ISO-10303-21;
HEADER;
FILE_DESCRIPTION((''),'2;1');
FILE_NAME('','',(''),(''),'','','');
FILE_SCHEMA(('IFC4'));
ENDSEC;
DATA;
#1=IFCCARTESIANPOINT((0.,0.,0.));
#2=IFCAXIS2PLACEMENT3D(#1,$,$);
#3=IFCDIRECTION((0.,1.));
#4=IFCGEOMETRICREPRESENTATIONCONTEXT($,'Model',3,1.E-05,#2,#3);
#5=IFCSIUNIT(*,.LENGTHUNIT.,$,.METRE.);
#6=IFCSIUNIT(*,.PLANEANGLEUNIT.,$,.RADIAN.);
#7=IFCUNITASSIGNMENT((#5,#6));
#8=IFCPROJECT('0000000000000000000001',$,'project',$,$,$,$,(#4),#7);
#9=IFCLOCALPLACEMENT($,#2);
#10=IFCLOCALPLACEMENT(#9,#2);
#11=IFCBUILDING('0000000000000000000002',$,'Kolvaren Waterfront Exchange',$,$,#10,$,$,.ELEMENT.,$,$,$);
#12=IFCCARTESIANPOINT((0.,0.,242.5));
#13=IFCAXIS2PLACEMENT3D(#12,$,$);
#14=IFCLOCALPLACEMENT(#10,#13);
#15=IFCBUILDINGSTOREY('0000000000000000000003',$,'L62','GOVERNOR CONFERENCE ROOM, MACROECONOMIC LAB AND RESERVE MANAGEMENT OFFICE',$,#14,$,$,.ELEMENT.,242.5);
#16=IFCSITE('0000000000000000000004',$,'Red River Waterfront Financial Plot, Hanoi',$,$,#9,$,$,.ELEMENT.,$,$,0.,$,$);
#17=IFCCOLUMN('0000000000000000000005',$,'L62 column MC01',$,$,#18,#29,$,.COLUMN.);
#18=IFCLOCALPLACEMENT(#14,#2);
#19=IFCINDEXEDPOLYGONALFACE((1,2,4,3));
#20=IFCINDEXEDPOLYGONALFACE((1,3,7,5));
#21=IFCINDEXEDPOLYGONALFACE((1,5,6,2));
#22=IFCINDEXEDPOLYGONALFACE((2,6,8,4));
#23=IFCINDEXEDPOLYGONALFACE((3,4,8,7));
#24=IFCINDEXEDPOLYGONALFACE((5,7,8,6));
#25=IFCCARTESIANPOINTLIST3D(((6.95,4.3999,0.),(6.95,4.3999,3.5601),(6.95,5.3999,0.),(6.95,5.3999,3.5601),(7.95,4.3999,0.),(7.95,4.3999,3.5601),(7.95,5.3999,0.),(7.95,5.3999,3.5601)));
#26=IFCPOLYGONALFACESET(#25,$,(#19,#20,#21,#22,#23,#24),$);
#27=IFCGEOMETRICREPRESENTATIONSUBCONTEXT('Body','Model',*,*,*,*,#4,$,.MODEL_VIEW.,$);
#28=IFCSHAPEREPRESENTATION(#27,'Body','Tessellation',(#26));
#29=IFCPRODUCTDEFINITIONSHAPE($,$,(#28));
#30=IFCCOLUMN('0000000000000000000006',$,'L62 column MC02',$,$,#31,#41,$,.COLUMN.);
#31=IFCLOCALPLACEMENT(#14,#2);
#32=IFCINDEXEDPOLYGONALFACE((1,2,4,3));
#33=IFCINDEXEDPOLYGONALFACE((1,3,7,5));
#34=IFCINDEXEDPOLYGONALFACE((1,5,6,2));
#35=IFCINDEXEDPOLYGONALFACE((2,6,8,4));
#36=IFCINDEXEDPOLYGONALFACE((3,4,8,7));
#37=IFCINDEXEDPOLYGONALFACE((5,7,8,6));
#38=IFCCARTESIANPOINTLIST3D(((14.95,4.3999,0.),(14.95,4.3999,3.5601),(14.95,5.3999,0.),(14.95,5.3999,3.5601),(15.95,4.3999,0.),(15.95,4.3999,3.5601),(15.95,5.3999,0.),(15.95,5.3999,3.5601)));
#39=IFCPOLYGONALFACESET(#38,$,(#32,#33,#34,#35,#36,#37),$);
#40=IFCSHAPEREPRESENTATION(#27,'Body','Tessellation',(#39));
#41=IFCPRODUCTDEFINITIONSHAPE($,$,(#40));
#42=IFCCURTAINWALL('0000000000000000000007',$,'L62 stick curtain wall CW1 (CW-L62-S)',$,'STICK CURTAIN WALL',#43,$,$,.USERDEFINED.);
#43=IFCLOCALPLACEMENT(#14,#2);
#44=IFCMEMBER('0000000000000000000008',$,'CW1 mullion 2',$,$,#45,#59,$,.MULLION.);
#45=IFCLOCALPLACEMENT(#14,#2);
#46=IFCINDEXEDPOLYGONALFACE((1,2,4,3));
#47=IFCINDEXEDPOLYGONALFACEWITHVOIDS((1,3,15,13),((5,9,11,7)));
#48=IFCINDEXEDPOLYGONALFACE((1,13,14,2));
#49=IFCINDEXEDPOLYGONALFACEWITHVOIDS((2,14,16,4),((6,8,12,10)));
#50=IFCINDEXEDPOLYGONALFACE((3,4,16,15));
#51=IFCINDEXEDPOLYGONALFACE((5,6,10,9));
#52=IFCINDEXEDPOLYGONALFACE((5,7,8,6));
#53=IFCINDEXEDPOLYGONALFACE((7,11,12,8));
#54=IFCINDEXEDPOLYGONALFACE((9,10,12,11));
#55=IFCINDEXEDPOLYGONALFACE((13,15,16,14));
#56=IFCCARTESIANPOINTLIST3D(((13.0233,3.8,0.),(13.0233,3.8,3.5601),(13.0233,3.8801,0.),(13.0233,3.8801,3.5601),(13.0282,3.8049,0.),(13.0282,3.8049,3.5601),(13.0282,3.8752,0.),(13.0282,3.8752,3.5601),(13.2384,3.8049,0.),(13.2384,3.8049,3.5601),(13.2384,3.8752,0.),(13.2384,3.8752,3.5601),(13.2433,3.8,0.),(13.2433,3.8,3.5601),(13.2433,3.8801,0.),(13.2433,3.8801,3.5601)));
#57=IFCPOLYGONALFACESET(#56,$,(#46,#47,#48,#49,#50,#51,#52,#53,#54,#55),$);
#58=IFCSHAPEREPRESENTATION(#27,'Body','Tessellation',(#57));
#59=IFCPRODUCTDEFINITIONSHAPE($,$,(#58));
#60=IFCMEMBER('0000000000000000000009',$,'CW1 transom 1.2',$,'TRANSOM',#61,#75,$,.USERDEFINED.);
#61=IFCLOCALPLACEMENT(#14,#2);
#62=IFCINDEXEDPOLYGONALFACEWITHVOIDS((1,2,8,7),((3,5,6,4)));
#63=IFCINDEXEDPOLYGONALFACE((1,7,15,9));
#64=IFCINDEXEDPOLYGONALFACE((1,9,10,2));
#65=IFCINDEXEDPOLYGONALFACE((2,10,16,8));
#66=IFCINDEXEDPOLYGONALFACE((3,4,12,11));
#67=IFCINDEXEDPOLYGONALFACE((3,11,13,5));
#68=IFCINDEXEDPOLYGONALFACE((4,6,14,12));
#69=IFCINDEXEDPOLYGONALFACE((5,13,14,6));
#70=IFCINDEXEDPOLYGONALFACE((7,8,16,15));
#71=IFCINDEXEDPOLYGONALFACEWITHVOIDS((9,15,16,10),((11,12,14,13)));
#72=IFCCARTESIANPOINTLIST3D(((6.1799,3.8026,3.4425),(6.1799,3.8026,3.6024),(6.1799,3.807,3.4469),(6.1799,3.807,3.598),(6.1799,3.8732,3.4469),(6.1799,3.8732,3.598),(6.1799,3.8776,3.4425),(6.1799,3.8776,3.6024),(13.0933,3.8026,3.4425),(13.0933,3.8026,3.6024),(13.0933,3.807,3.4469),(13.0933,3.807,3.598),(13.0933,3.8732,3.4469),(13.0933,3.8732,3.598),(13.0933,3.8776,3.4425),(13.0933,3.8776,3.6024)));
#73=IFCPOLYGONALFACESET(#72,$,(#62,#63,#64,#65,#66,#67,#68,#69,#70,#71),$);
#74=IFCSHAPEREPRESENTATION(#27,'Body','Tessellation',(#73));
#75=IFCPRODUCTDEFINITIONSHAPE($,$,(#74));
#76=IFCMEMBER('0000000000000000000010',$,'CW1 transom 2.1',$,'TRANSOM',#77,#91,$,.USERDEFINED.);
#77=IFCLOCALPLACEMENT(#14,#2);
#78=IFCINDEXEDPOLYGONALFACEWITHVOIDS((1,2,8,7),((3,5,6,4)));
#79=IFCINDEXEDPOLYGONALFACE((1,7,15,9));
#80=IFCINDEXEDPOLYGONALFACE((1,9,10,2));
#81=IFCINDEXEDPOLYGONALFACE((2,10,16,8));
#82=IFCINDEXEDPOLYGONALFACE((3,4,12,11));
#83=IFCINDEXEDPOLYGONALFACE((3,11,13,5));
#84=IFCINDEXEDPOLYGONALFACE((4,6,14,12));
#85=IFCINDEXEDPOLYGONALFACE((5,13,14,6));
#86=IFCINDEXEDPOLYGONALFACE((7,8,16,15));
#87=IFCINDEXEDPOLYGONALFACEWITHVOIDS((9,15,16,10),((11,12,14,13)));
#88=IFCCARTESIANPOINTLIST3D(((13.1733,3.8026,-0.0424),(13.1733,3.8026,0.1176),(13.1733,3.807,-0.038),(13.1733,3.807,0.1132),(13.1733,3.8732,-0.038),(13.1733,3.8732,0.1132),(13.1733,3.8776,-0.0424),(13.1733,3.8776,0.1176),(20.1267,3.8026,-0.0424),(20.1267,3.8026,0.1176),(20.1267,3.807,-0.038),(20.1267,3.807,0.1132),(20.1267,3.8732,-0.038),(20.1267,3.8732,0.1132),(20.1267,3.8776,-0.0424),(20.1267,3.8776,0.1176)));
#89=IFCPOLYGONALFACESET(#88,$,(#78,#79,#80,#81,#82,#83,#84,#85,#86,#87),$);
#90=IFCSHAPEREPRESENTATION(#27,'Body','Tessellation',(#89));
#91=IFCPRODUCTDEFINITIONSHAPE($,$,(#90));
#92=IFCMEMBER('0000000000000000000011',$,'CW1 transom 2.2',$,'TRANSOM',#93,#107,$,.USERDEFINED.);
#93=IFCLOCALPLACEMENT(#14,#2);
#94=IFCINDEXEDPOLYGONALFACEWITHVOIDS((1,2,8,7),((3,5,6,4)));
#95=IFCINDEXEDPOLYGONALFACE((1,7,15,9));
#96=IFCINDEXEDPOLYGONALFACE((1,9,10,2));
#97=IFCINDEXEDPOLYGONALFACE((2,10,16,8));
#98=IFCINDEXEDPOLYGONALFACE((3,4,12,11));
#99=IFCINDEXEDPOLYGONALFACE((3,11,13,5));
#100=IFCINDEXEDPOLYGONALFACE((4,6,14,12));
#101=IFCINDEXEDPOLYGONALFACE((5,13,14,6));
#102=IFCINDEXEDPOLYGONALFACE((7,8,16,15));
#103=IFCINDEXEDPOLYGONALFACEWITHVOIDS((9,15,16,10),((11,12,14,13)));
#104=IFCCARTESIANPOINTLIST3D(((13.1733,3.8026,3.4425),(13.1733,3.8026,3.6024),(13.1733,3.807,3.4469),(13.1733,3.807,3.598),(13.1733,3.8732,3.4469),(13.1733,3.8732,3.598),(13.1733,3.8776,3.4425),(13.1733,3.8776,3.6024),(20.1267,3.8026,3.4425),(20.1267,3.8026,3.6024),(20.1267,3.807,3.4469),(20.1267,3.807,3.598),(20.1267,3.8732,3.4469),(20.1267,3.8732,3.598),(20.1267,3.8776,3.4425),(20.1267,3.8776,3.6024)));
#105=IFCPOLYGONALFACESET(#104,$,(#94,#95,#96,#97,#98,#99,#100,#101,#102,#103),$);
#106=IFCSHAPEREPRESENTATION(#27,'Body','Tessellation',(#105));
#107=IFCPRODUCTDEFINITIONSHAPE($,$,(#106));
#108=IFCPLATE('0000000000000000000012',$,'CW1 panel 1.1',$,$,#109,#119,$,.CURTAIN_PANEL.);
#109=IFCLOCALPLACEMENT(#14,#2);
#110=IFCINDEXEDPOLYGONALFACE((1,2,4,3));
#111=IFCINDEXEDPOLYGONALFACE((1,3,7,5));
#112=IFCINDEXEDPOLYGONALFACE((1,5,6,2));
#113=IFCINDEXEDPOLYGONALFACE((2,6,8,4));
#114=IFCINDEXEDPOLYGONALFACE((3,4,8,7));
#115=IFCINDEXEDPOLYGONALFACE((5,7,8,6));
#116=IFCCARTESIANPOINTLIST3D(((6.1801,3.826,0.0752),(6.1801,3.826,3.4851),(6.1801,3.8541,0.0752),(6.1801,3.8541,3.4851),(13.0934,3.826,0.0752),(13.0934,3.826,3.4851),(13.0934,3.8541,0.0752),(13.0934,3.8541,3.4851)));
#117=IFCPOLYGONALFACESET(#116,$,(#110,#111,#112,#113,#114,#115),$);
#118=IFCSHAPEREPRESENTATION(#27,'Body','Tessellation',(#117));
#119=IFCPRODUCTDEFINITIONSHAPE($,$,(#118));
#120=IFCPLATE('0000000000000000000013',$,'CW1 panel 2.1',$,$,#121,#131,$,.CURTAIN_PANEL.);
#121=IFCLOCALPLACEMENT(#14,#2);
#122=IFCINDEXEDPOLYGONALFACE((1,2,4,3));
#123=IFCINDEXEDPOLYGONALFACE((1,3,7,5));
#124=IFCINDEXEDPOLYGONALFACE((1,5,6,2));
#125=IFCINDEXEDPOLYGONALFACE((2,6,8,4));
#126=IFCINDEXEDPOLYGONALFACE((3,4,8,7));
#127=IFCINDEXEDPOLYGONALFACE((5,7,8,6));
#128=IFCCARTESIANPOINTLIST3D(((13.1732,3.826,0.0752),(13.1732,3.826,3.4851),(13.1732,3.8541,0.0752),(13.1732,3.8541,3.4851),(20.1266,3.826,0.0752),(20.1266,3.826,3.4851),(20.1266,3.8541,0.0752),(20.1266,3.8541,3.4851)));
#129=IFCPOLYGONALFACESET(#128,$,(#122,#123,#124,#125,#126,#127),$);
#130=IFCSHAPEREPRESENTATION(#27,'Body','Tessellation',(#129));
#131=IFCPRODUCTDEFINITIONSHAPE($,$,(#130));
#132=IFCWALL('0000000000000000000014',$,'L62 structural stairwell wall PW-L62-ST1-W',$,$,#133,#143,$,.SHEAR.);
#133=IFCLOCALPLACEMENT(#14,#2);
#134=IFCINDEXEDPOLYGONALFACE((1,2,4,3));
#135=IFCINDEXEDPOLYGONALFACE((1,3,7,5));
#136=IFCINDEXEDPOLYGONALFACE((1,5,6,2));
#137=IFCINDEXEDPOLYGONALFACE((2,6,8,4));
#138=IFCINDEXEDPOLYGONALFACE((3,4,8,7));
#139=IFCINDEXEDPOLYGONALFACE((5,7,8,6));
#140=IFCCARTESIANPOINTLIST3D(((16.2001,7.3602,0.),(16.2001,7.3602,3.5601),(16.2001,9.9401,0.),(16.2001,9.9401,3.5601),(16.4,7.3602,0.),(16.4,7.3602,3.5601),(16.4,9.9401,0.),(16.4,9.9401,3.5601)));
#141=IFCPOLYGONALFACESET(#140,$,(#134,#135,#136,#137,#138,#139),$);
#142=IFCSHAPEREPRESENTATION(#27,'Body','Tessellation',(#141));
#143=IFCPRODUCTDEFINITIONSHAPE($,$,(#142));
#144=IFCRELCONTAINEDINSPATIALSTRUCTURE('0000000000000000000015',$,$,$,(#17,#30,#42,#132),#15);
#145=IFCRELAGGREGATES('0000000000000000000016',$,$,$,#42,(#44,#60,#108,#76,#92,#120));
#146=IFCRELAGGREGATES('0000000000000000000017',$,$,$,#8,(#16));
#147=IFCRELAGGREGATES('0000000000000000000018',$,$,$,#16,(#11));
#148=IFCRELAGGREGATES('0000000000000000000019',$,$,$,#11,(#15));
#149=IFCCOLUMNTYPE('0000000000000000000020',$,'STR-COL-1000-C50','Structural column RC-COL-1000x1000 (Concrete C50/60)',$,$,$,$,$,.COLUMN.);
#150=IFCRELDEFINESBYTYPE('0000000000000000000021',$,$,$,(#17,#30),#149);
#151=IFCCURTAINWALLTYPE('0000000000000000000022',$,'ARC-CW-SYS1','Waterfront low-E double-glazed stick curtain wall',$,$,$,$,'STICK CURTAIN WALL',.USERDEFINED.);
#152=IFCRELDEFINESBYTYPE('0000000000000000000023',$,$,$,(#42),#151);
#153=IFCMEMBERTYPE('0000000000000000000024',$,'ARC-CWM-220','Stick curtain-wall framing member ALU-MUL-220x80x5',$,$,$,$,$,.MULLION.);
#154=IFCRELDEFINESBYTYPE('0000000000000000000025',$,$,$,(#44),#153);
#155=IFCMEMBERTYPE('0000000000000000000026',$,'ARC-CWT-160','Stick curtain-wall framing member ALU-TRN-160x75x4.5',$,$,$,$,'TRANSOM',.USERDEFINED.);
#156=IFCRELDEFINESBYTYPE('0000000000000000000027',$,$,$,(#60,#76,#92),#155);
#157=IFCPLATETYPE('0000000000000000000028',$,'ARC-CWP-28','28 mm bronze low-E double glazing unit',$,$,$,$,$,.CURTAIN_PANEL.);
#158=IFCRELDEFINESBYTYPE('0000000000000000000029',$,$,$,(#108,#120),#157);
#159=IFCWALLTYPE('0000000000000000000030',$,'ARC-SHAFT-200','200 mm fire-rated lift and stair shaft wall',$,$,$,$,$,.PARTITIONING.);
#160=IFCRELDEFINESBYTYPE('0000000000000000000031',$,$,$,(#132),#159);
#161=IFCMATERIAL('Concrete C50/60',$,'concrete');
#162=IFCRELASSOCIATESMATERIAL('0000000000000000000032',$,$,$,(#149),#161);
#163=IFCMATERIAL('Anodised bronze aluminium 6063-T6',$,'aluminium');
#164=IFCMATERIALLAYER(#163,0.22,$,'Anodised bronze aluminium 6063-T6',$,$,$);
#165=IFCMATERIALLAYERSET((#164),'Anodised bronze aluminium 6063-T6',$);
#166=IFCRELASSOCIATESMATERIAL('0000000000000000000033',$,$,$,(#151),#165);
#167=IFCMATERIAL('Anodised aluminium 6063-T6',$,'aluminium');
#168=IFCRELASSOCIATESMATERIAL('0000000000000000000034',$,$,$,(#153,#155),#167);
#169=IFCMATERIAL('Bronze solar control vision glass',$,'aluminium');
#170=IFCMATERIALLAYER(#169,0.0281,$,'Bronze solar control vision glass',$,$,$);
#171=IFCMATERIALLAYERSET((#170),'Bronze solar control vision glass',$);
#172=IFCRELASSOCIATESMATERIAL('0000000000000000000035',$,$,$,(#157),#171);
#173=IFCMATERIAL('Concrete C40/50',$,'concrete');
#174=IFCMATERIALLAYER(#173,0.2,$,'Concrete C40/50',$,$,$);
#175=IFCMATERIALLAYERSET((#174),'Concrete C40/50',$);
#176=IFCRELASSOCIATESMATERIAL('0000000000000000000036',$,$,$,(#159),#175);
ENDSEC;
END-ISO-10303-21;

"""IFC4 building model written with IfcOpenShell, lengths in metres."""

from ifc_helpers import new_model, si_unit, direction, frame, frame_2d, origin, origin_with_axes, origin_2d, place, context, subcontext, project, spatial, rectangle, hollow_rectangle, extrude, source, transform, mapped, material, layer, layer_set, material_profile, profile_set, type_object, element, aggregate, save


model = new_model("IFC4")

# Units and contexts
model_context = context("Model", 3, precision=1e-05, world=origin(), true_north=direction((0.0, 1.0)))
body_context = subcontext(model_context, "Body", "Model", "MODEL_VIEW")
ifc_project = project(units=[si_unit("LENGTHUNIT", "METRE"), si_unit("PLANEANGLEUNIT", "RADIAN")], contexts=[model_context])

# Site, building, storey
site_placement = place(None, origin())
site = spatial("IfcSite", under=ifc_project, at=site_placement, Name="Red River Waterfront Financial Plot, Hanoi", CompositionType="ELEMENT", RefElevation=0.0)
building_placement = place(site_placement, origin())
building = spatial("IfcBuilding", under=site, at=building_placement, Name="Kolvaren Waterfront Exchange", CompositionType="ELEMENT")
storey_placement = place(building_placement, frame((0.0, 0.0, 242.5)))
storey = spatial("IfcBuildingStorey", under=building, at=storey_placement, Name="L62", Description="GOVERNOR CONFERENCE ROOM, MACROECONOMIC LAB AND RESERVE MANAGEMENT OFFICE", CompositionType="ELEMENT", Elevation=242.5)

# Columns
ifc_material_1 = material(Name="Concrete C50/60", Category="concrete")
ifc_material_profile_1 = material_profile(ifc_material_1, rectangle(XDim=1.0, YDim=1.0, at=origin_2d()), Name="RC-COL-1000x1000")
ifc_profile_set_1 = profile_set([ifc_material_profile_1], Name="Concrete C50/60")
column_type = type_object("IfcColumnType", Name="STR-COL-1000-C50", Description="Structural column RC-COL-1000x1000 (Concrete C50/60)", PredefinedType="COLUMN", material=ifc_profile_set_1)
for number, where, z_axis, x_axis, name in (
    (1, (7.45, 4.8999, 0.0), (0.0, 0.0, 1.0), (1.0, 0.0, 0.0), "L62 column MC01"),
    (2, (15.45, 4.8999, 0.0), (0.0, 0.0, 1.0), (1.0, 0.0, 0.0), "L62 column MC02"),
):
    element("IfcColumn", number, at=place(storey_placement, frame(where, z_axis=z_axis, x_axis=x_axis)), inside=storey, type_object=column_type, Name=name, PredefinedType="COLUMN", context=body_context, shape_type="SweptSolid", body=[
        extrude(rectangle(XDim=1.0, YDim=1.0, at=origin_2d()), origin(), (0.0, 0.0, 1.0), 3.5601),
    ])

# Curtain wall, members, plates
ifc_material_2 = material(Name="Anodised bronze aluminium 6063-T6", Category="aluminium")
ifc_layer_1 = layer(ifc_material_2, 0.22, Name="Anodised bronze aluminium 6063-T6")
ifc_layer_set_1 = layer_set([ifc_layer_1], Name="Anodised bronze aluminium 6063-T6")
curtain_wall_type = type_object("IfcCurtainWallType", Name="ARC-CW-SYS1", Description="Waterfront low-E double-glazed stick curtain wall", ElementType="STICK CURTAIN WALL", PredefinedType="USERDEFINED", material=ifc_layer_set_1)
curtain_wall_placement = place(storey_placement, origin())
curtain_wall = element("IfcCurtainWall", 3, at=curtain_wall_placement, inside=storey, type_object=curtain_wall_type, Name="L62 stick curtain wall CW1 (CW-L62-S)", ObjectType="STICK CURTAIN WALL", PredefinedType="USERDEFINED")
ifc_material_3 = material(Name="Anodised aluminium 6063-T6", Category="aluminium")
ifc_material_profile_2 = material_profile(ifc_material_3, hollow_rectangle(XDim=0.0801, YDim=0.22, WallThickness=0.0049, at=origin_2d()), Name="ALU-MUL-220x80x5")
ifc_profile_set_2 = profile_set([ifc_material_profile_2], Name="Anodised aluminium 6063-T6")
member_type_1 = type_object("IfcMemberType", Name="ARC-CWM-220", Description="Stick curtain-wall framing member ALU-MUL-220x80x5", PredefinedType="MULLION", material=ifc_profile_set_2)
shared_shape_1 = source(origin_with_axes(), body_context, "Body", "SweptSolid", [
    extrude(hollow_rectangle(XDim=0.0801, YDim=0.22, WallThickness=0.0049, at=origin_2d()), origin(), (0.0, 0.0, 1.0), 3.5601),
])
member_1_placement = place(storey_placement, frame((13.1333, 3.8401, 0.0), z_axis=(0.0, 0.0, 1.0), x_axis=(0.0, 1.0, 0.0)))
member_1 = element("IfcMember", 4, at=member_1_placement, type_object=member_type_1, Name="CW1 mullion 2", PredefinedType="MULLION", context=body_context, shape_type="MappedRepresentation", body=[
    mapped(shared_shape_1, transform((0.0, 0.0, 0.0), x_axis=(1.0, 0.0, 0.0), y_axis=(0.0, 1.0, 0.0), z_axis=(0.0, 0.0, 1.0), scale=1.0)),
])
ifc_material_profile_3 = material_profile(ifc_material_3, hollow_rectangle(XDim=0.075, YDim=0.1599, WallThickness=0.0044, at=origin_2d()), Name="ALU-TRN-160x75x4.5")
ifc_profile_set_3 = profile_set([ifc_material_profile_3], Name="Anodised aluminium 6063-T6")
member_type_2 = type_object("IfcMemberType", Name="ARC-CWT-160", Description="Stick curtain-wall framing member ALU-TRN-160x75x4.5", ElementType="TRANSOM", PredefinedType="USERDEFINED", material=ifc_profile_set_3)
shared_shape_2 = source(origin_with_axes(), body_context, "Body", "SweptSolid", [
    extrude(hollow_rectangle(XDim=0.075, YDim=0.1599, WallThickness=0.0044, at=origin_2d()), origin(), (0.0, 0.0, 1.0), 6.9133),
])
member_2_placement = place(storey_placement, frame((6.1799, 3.8401, 3.5225), z_axis=(1.0, 0.0, 0.0), x_axis=(0.0, 1.0, 0.0)))
member_2 = element("IfcMember", 5, at=member_2_placement, type_object=member_type_2, Name="CW1 transom 1.2", ObjectType="TRANSOM", PredefinedType="USERDEFINED", context=body_context, shape_type="MappedRepresentation", body=[
    mapped(shared_shape_2, transform((0.0, 0.0, 0.0), x_axis=(1.0, 0.0, 0.0), y_axis=(0.0, 1.0, 0.0), z_axis=(0.0, 0.0, 1.0), scale=1.0)),
])
shared_shape_3 = source(origin_with_axes(), body_context, "Body", "SweptSolid", [
    extrude(hollow_rectangle(XDim=0.075, YDim=0.1599, WallThickness=0.0044, at=origin_2d()), origin(), (0.0, 0.0, 1.0), 6.9534),
])
member_3_placement = place(storey_placement, frame((13.1733, 3.8401, 0.0376), z_axis=(1.0, 0.0, 0.0), x_axis=(0.0, 1.0, 0.0)))
member_3 = element("IfcMember", 6, at=member_3_placement, type_object=member_type_2, Name="CW1 transom 2.1", ObjectType="TRANSOM", PredefinedType="USERDEFINED", context=body_context, shape_type="MappedRepresentation", body=[
    mapped(shared_shape_3, transform((0.0, 0.0, 0.0), x_axis=(1.0, 0.0, 0.0), y_axis=(0.0, 1.0, 0.0), z_axis=(0.0, 0.0, 1.0), scale=1.0)),
])
member_4_placement = place(storey_placement, frame((13.1733, 3.8401, 3.5225), z_axis=(1.0, 0.0, 0.0), x_axis=(0.0, 1.0, 0.0)))
member_4 = element("IfcMember", 7, at=member_4_placement, type_object=member_type_2, Name="CW1 transom 2.2", ObjectType="TRANSOM", PredefinedType="USERDEFINED", context=body_context, shape_type="MappedRepresentation", body=[
    mapped(shared_shape_3, transform((0.0, 0.0, 0.0), x_axis=(1.0, 0.0, 0.0), y_axis=(0.0, 1.0, 0.0), z_axis=(0.0, 0.0, 1.0), scale=1.0)),
])
ifc_material_4 = material(Name="Bronze solar control vision glass", Category="aluminium")
ifc_layer_2 = layer(ifc_material_4, 0.0281, Name="Bronze solar control vision glass")
ifc_layer_set_2 = layer_set([ifc_layer_2], Name="Bronze solar control vision glass")
plate_type = type_object("IfcPlateType", Name="ARC-CWP-28", Description="28 mm bronze low-E double glazing unit", PredefinedType="CURTAIN_PANEL", material=ifc_layer_set_2)
shared_shape_4 = source(origin_with_axes(), body_context, "Body", "SweptSolid", [
    extrude(rectangle(XDim=6.9133, YDim=0.0281, at=origin_2d()), origin(), (0.0, 0.0, 1.0), 3.4099),
])
plate_1_placement = place(storey_placement, frame((9.6367, 3.8401, 0.0752), z_axis=(0.0, 0.0, 1.0), x_axis=(1.0, 0.0, 0.0)))
plate_1 = element("IfcPlate", 8, at=plate_1_placement, type_object=plate_type, Name="CW1 panel 1.1", PredefinedType="CURTAIN_PANEL", context=body_context, shape_type="MappedRepresentation", body=[
    mapped(shared_shape_4, transform((0.0, 0.0, 0.0), x_axis=(1.0, 0.0, 0.0), y_axis=(0.0, 1.0, 0.0), z_axis=(0.0, 0.0, 1.0), scale=1.0)),
])
shared_shape_5 = source(origin_with_axes(), body_context, "Body", "SweptSolid", [
    extrude(rectangle(XDim=6.9534, YDim=0.0281, at=origin_2d()), origin(), (0.0, 0.0, 1.0), 3.4099),
])
plate_2_placement = place(storey_placement, frame((16.6499, 3.8401, 0.0752), z_axis=(0.0, 0.0, 1.0), x_axis=(1.0, 0.0, 0.0)))
plate_2 = element("IfcPlate", 9, at=plate_2_placement, type_object=plate_type, Name="CW1 panel 2.1", PredefinedType="CURTAIN_PANEL", context=body_context, shape_type="MappedRepresentation", body=[
    mapped(shared_shape_5, transform((0.0, 0.0, 0.0), x_axis=(1.0, 0.0, 0.0), y_axis=(0.0, 1.0, 0.0), z_axis=(0.0, 0.0, 1.0), scale=1.0)),
])
aggregate(curtain_wall, [member_1, member_2, plate_1, member_3, member_4, plate_2])

# Wall
ifc_material_5 = material(Name="Concrete C40/50", Category="concrete")
ifc_layer_3 = layer(ifc_material_5, 0.2, Name="Concrete C40/50")
ifc_layer_set_3 = layer_set([ifc_layer_3], Name="Concrete C40/50")
wall_type_1 = type_object("IfcWallType", Name="ARC-SHAFT-200", Description="200 mm fire-rated lift and stair shaft wall", PredefinedType="PARTITIONING", material=ifc_layer_set_3)
wall_1_placement = place(storey_placement, frame((16.3, 7.3601, 0.0), z_axis=(0.0, 0.0, 1.0), x_axis=(0.0, 1.0, 0.0)))
element("IfcWall", 10, at=wall_1_placement, inside=storey, type_object=wall_type_1, Name="L62 structural stairwell wall PW-L62-ST1-W", PredefinedType="SHEAR", context=body_context, shape_type="SweptSolid", body=[
    extrude(rectangle(XDim=2.5798, YDim=0.2, at=frame_2d((1.29, 0.0))), origin(), (0.0, 0.0, 1.0), 3.5601),
])

save(model, "model.ifc")
